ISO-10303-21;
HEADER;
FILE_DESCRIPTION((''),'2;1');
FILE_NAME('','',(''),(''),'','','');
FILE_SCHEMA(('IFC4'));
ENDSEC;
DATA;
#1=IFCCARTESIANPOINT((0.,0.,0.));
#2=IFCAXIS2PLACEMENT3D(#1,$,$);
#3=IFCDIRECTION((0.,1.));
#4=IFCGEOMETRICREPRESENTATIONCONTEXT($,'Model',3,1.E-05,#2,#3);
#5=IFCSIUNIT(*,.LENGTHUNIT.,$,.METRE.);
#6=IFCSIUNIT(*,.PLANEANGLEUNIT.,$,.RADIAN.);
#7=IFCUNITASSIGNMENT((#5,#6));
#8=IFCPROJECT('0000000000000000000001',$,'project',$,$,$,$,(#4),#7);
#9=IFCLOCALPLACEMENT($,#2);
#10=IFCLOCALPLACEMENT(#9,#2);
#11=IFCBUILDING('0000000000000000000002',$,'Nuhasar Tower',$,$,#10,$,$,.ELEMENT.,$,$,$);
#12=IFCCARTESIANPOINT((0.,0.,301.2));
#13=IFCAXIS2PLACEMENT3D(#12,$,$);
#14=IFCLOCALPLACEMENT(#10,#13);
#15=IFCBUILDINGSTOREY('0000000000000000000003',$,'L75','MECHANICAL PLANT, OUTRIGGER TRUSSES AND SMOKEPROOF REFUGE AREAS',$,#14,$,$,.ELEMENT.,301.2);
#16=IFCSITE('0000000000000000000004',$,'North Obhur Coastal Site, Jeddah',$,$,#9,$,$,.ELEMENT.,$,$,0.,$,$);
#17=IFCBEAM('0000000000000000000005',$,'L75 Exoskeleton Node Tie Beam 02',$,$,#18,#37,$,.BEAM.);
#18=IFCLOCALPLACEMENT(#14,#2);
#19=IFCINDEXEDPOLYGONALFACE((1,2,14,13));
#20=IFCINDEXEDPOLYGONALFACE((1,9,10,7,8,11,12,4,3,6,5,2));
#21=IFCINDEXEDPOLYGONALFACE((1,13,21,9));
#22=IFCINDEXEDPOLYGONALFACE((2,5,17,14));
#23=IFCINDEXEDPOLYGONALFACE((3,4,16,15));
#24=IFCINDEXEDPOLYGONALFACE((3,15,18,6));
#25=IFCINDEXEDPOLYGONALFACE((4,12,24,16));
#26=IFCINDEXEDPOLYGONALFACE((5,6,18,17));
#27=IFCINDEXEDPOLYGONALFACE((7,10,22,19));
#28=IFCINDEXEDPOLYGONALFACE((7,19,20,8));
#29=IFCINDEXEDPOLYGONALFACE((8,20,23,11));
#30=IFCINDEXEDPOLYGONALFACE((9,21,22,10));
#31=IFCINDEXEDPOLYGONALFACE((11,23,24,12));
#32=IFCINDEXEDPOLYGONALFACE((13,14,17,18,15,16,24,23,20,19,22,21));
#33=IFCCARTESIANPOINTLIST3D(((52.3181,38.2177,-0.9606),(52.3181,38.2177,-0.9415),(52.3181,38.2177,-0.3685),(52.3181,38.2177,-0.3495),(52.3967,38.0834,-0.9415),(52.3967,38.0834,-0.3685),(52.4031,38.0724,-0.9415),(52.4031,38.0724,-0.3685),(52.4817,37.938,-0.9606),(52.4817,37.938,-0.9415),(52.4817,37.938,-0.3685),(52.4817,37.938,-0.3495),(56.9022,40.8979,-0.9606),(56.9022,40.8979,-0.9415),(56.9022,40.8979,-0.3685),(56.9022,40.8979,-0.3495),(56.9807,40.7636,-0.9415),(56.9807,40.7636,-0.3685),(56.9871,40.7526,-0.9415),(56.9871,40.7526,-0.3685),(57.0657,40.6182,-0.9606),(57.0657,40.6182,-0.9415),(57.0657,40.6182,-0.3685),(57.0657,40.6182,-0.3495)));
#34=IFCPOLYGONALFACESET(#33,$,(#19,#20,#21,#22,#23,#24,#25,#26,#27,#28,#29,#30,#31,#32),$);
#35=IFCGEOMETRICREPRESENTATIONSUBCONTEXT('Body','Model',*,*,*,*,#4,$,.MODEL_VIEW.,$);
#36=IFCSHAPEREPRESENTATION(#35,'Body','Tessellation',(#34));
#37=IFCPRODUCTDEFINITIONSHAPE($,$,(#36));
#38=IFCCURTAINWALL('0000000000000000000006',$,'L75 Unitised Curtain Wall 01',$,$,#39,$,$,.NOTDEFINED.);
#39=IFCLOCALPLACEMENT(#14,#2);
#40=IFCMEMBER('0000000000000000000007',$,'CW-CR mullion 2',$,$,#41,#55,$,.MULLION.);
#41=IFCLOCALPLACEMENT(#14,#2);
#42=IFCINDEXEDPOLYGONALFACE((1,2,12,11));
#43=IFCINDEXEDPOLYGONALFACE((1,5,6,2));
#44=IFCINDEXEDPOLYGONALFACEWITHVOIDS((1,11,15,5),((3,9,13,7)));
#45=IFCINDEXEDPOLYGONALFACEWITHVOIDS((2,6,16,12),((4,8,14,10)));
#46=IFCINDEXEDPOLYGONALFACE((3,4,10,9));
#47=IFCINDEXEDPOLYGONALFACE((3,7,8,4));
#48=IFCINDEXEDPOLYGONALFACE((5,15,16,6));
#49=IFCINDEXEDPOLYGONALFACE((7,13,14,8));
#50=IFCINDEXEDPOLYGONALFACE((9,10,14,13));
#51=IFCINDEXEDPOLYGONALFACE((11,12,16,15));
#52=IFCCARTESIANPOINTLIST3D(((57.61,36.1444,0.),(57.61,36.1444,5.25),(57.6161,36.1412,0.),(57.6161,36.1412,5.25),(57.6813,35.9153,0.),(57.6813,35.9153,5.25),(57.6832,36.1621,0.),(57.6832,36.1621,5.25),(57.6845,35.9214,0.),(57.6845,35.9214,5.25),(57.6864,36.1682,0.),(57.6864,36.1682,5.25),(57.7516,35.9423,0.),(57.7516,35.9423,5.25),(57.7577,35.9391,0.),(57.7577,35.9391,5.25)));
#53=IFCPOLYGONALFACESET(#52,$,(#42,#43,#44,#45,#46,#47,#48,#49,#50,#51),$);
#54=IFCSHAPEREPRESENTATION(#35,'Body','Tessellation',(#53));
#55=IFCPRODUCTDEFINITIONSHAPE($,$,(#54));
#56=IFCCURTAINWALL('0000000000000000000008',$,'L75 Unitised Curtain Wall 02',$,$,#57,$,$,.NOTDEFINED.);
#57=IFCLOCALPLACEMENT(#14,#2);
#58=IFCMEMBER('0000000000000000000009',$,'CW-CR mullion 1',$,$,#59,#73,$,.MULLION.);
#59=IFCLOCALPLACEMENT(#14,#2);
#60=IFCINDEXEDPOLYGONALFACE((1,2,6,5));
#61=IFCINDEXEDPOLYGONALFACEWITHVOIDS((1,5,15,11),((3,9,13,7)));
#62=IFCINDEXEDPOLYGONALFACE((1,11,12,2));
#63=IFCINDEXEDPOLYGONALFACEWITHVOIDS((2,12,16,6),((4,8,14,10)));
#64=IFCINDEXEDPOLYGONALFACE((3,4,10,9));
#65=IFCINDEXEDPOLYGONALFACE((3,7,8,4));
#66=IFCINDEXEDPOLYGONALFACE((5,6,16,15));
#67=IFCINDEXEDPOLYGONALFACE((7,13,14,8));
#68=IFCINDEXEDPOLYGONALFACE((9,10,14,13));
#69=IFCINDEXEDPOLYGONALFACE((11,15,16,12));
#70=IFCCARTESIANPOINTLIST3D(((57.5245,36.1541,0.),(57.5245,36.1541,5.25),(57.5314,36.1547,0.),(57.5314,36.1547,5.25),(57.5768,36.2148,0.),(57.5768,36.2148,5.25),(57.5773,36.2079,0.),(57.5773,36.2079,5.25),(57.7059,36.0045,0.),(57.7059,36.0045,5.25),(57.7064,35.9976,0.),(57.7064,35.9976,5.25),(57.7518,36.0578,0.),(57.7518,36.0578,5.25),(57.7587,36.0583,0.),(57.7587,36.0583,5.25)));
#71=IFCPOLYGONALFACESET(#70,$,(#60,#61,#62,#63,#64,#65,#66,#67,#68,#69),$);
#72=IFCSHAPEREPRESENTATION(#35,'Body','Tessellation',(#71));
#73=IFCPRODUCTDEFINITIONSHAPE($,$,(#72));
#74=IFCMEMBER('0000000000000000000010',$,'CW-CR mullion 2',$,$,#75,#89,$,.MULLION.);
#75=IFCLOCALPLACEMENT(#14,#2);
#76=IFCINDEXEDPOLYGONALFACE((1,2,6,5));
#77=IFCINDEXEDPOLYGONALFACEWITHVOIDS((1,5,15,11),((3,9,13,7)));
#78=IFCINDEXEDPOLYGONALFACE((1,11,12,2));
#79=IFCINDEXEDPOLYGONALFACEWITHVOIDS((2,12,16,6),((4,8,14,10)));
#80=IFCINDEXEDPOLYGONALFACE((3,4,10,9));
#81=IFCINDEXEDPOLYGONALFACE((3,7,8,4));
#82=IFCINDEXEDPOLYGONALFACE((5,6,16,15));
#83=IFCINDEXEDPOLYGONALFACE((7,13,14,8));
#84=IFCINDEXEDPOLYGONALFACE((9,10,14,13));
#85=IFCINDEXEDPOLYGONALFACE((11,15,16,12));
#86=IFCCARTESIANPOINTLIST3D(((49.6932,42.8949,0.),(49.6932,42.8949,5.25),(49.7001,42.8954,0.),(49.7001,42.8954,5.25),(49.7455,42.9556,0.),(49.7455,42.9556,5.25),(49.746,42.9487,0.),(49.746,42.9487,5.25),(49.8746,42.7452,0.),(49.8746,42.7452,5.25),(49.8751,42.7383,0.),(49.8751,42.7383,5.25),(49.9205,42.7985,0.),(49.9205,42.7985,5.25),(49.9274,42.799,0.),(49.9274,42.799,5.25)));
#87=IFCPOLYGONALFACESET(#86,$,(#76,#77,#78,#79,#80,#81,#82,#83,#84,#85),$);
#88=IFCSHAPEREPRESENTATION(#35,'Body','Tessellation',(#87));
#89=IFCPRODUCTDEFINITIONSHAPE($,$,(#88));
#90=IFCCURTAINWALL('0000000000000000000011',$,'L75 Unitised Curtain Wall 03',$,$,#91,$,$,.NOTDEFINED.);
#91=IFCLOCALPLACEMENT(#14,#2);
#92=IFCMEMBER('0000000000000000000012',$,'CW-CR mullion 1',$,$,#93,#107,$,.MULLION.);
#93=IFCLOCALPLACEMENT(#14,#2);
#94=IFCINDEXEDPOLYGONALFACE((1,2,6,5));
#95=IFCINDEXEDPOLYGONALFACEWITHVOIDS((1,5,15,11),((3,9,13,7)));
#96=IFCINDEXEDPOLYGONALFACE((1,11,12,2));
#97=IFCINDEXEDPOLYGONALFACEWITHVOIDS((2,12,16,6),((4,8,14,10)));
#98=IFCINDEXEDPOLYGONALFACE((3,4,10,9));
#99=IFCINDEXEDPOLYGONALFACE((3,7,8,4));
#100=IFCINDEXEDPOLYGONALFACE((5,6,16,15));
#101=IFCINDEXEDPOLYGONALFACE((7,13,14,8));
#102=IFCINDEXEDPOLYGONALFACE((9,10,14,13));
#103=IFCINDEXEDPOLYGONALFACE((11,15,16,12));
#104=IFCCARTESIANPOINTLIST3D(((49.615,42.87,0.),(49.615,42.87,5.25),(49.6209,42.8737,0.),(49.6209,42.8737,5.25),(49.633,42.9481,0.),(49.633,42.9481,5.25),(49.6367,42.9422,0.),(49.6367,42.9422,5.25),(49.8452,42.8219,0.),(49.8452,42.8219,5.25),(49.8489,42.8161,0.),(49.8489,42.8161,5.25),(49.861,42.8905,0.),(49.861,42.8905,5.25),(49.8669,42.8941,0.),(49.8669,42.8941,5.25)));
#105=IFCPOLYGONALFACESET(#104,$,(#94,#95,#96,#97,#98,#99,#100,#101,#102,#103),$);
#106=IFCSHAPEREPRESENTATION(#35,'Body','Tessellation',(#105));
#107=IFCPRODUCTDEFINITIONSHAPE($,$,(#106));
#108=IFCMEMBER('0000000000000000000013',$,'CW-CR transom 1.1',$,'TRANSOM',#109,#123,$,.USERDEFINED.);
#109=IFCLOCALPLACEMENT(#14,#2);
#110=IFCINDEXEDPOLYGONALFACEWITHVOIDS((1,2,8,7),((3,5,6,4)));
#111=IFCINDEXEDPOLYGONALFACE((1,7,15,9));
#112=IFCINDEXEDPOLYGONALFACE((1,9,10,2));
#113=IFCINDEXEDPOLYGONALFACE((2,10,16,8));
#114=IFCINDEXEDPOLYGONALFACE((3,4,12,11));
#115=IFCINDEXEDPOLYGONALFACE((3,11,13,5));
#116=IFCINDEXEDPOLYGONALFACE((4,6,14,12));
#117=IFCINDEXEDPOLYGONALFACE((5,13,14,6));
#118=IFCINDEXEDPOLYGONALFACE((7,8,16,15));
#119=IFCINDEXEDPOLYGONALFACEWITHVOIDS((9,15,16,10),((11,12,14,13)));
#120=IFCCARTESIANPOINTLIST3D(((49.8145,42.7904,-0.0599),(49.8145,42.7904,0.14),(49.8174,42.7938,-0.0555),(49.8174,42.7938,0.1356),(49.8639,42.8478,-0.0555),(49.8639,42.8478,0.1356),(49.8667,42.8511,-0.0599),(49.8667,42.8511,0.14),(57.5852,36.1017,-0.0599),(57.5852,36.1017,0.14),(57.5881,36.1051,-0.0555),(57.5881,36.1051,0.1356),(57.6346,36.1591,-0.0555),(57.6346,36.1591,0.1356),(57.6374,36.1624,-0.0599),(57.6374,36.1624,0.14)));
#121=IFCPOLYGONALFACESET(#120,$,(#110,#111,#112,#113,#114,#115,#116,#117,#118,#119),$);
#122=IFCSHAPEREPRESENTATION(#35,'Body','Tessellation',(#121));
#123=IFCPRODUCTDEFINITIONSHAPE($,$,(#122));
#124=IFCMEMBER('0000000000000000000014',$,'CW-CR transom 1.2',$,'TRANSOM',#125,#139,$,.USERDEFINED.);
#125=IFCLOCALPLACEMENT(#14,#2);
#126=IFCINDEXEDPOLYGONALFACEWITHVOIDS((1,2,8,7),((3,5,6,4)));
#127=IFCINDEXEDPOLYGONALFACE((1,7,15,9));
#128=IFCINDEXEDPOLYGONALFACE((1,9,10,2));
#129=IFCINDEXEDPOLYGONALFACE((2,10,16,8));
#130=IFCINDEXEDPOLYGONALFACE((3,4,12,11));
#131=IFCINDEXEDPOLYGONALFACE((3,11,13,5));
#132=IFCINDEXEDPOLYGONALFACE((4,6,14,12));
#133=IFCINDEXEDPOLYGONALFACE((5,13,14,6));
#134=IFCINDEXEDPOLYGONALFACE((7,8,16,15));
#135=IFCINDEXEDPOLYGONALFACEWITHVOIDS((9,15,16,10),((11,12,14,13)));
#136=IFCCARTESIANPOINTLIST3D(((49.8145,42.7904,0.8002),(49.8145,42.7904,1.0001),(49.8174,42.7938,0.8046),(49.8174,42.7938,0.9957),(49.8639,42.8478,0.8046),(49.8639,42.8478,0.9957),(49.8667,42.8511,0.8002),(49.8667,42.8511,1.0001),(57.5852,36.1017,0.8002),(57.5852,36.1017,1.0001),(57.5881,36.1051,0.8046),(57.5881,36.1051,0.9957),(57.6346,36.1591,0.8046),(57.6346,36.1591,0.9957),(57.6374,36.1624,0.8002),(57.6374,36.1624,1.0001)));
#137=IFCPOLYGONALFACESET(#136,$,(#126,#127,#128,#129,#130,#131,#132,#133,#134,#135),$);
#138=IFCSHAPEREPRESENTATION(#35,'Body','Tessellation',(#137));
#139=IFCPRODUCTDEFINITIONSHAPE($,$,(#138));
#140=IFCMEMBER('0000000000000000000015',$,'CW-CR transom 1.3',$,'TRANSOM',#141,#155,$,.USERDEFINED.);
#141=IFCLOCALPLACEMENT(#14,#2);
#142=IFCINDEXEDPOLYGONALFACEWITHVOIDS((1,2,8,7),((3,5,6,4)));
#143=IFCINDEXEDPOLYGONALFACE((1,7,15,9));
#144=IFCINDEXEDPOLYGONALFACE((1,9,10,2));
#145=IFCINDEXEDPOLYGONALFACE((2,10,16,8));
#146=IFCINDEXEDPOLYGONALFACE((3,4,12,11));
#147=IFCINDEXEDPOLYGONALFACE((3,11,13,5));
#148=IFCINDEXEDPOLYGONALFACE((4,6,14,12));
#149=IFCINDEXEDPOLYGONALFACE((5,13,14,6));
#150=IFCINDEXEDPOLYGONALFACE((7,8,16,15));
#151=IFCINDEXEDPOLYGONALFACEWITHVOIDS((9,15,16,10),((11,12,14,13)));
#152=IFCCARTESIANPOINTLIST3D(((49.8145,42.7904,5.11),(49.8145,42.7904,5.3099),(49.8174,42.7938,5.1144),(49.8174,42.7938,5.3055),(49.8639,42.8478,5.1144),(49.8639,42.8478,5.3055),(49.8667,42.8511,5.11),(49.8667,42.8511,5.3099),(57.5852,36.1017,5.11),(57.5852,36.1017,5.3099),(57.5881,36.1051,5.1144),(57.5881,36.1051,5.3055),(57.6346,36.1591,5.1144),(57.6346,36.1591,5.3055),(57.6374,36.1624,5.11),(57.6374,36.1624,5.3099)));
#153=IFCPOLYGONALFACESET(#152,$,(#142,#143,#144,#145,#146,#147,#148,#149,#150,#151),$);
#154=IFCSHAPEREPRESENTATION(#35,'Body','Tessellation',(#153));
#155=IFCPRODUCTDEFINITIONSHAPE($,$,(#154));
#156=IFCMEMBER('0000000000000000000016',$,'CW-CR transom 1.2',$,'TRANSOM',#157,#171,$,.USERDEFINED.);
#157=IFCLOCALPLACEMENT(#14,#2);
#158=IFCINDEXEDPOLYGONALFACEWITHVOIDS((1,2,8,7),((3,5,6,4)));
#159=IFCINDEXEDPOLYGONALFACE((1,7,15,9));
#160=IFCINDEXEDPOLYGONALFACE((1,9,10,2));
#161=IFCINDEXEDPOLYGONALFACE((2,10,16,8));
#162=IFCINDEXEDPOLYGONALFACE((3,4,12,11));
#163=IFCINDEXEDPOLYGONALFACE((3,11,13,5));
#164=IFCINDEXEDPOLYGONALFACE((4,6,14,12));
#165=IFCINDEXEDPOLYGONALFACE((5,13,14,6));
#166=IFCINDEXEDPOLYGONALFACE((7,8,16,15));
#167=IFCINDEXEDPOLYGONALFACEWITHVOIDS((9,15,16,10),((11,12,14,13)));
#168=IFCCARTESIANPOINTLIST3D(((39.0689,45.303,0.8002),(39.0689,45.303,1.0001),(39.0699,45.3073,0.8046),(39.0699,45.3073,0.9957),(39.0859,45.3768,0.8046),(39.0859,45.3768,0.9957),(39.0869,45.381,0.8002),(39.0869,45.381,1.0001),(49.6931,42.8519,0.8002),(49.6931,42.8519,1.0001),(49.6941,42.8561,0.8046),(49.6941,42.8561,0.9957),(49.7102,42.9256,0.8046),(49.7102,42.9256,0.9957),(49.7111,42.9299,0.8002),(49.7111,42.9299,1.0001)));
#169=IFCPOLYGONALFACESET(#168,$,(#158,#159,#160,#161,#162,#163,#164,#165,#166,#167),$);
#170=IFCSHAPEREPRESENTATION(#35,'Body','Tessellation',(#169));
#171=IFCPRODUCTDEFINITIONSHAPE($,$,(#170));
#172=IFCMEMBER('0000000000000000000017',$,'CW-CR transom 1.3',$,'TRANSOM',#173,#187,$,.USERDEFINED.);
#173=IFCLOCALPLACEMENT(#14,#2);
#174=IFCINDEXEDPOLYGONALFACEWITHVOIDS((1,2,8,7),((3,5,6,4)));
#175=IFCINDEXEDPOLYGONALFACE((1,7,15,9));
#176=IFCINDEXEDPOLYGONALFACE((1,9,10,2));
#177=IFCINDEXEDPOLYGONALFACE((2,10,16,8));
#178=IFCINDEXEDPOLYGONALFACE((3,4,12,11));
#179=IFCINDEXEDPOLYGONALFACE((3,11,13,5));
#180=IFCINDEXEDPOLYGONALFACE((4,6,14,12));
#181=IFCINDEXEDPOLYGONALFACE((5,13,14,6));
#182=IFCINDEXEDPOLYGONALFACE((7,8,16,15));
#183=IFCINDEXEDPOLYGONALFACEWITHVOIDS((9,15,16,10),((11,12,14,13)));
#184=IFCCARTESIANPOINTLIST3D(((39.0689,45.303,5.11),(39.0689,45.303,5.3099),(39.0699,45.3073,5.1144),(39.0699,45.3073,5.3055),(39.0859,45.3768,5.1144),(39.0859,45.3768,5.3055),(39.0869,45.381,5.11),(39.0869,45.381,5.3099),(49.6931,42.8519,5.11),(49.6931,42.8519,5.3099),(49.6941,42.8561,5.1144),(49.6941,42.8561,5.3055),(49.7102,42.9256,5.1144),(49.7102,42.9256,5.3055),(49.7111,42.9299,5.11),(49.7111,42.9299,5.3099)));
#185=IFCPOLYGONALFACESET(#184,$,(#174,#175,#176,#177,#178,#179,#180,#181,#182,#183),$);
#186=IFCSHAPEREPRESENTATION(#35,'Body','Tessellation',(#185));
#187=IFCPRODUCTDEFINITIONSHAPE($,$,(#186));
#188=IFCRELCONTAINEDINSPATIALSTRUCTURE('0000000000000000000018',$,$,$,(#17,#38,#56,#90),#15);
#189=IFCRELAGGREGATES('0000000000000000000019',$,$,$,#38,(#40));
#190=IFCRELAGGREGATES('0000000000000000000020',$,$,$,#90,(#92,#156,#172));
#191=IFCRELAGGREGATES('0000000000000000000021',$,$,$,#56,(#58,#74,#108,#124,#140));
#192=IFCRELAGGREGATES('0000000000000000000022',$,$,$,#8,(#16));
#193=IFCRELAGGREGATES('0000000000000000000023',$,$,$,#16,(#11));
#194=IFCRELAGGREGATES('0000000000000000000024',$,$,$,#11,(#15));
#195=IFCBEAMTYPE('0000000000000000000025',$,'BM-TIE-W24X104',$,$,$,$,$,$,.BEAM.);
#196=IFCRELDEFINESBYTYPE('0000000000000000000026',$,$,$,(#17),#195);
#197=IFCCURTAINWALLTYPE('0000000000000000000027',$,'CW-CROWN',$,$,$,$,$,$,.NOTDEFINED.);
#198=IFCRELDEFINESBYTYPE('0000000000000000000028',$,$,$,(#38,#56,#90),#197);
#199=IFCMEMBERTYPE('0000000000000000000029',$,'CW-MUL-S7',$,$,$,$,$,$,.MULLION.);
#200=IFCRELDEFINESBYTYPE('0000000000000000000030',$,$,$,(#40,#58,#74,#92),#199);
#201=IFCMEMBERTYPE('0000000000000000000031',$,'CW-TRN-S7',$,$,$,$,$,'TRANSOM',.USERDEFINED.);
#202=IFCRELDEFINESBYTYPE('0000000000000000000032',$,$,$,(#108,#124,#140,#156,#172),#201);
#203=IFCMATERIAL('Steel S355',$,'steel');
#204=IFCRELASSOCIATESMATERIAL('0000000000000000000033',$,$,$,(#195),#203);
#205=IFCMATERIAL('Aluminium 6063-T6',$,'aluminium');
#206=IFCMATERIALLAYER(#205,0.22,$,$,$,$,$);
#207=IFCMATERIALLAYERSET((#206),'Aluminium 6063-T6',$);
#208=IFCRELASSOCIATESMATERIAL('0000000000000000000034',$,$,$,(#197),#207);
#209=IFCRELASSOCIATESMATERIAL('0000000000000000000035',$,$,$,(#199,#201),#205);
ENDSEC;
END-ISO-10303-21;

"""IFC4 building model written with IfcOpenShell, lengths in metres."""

from ifc_helpers import new_model, si_unit, direction, frame, origin, origin_2d, place, context, subcontext, project, spatial, hollow_rectangle, i_section, extrude, material, layer, layer_set, material_profile, profile_set, type_object, element, aggregate, save


model = new_model("IFC4")

# Units and contexts
model_context = context("Model", 3, precision=1e-05, world=origin(), true_north=direction((0.0, 1.0)))
body_context = subcontext(model_context, "Body", "Model", "MODEL_VIEW")
ifc_project = project(units=[si_unit("LENGTHUNIT", "METRE"), si_unit("PLANEANGLEUNIT", "RADIAN")], contexts=[model_context])

# Site, building, storey
site_placement = place(None, origin())
site = spatial("IfcSite", under=ifc_project, at=site_placement, Name="North Obhur Coastal Site, Jeddah", CompositionType="ELEMENT", RefElevation=0.0)
building_placement = place(site_placement, origin())
building = spatial("IfcBuilding", under=site, at=building_placement, Name="Nuhasar Tower", CompositionType="ELEMENT")
storey_placement = place(building_placement, frame((0.0, 0.0, 301.2)))
storey = spatial("IfcBuildingStorey", under=building, at=storey_placement, Name="L75", Description="MECHANICAL PLANT, OUTRIGGER TRUSSES AND SMOKEPROOF REFUGE AREAS", CompositionType="ELEMENT", Elevation=301.2)

# Beam
ifc_material_1 = material(Name="Steel S355", Category="steel")
ifc_material_profile_1 = material_profile(ifc_material_1, i_section(OverallWidth=0.324, OverallDepth=0.6111, WebThickness=0.0127, FlangeThickness=0.019, at=origin_2d()), Name="W24X104")
ifc_profile_set_1 = profile_set([ifc_material_profile_1], Name="Steel S355")
beam_type_1 = type_object("IfcBeamType", Name="BM-TIE-W24X104", PredefinedType="BEAM", material=ifc_profile_set_1)
beam_1_placement = place(storey_placement, frame((52.3999, 38.0779, -0.655), z_axis=(0.863272, 0.50474, 0.0), x_axis=(-0.50474, 0.863272, 0.0)))
element("IfcBeam", 1, at=beam_1_placement, inside=storey, type_object=beam_type_1, Name="L75 Exoskeleton Node Tie Beam 02", PredefinedType="BEAM", context=body_context, shape_type="SweptSolid", body=[
    extrude(i_section(OverallWidth=0.324, OverallDepth=0.6111, WebThickness=0.0127, FlangeThickness=0.019, at=origin_2d()), origin(), (0.0, 0.0, 1.0), 5.3101),
])

# Curtain wall, member
ifc_material_2 = material(Name="Aluminium 6063-T6", Category="aluminium")
ifc_layer_1 = layer(ifc_material_2, 0.22)
ifc_layer_set_1 = layer_set([ifc_layer_1], Name="Aluminium 6063-T6")
curtain_wall_type = type_object("IfcCurtainWallType", Name="CW-CROWN", PredefinedType="NOTDEFINED", material=ifc_layer_set_1)
curtain_wall_1_placement = place(storey_placement, origin())
curtain_wall_1 = element("IfcCurtainWall", 2, at=curtain_wall_1_placement, inside=storey, type_object=curtain_wall_type, Name="L75 Unitised Curtain Wall 01", PredefinedType="NOTDEFINED")
ifc_material_profile_2 = material_profile(ifc_material_2, hollow_rectangle(XDim=0.0801, YDim=0.24, WallThickness=0.0049, at=origin_2d()), Name="CWM-7")
ifc_profile_set_2 = profile_set([ifc_material_profile_2], Name="Aluminium 6063-T6")
member_type_1 = type_object("IfcMemberType", Name="CW-MUL-S7", PredefinedType="MULLION", material=ifc_profile_set_2)
member_1_placement = place(storey_placement, frame((57.6838, 36.0417, 0.0), z_axis=(0.0, 0.0, 1.0), x_axis=(-0.954831, -0.29715, 0.0)))
member_1 = element("IfcMember", 3, at=member_1_placement, type_object=member_type_1, Name="CW-CR mullion 2", PredefinedType="MULLION", context=body_context, shape_type="SweptSolid", body=[
    extrude(hollow_rectangle(XDim=0.0801, YDim=0.24, WallThickness=0.0049, at=origin_2d()), origin(), (0.0, 0.0, 1.0), 5.25),
])
aggregate(curtain_wall_1, [member_1])

# Curtain wall, members
curtain_wall_2_placement = place(storey_placement, origin())
curtain_wall_2 = element("IfcCurtainWall", 4, at=curtain_wall_2_placement, inside=storey, type_object=curtain_wall_type, Name="L75 Unitised Curtain Wall 02", PredefinedType="NOTDEFINED")
member_2_placement = place(storey_placement, frame((57.6416, 36.1062, 0.0), z_axis=(0.0, 0.0, 1.0), x_axis=(-0.652364, -0.757906, 0.0)))
member_2 = element("IfcMember", 5, at=member_2_placement, type_object=member_type_1, Name="CW-CR mullion 1", PredefinedType="MULLION", context=body_context, shape_type="SweptSolid", body=[
    extrude(hollow_rectangle(XDim=0.0801, YDim=0.24, WallThickness=0.0049, at=origin_2d()), origin(), (0.0, 0.0, 1.0), 5.25),
])
member_3_placement = place(storey_placement, frame((49.8103, 42.8469, 0.0), z_axis=(0.0, 0.0, 1.0), x_axis=(-0.652364, -0.757906, 0.0)))
member_3 = element("IfcMember", 6, at=member_3_placement, type_object=member_type_1, Name="CW-CR mullion 2", PredefinedType="MULLION", context=body_context, shape_type="SweptSolid", body=[
    extrude(hollow_rectangle(XDim=0.0801, YDim=0.24, WallThickness=0.0049, at=origin_2d()), origin(), (0.0, 0.0, 1.0), 5.25),
])

# Curtain wall, member
curtain_wall_3_placement = place(storey_placement, origin())
curtain_wall_3 = element("IfcCurtainWall", 7, at=curtain_wall_3_placement, inside=storey, type_object=curtain_wall_type, Name="L75 Unitised Curtain Wall 03", PredefinedType="NOTDEFINED")
member_4_placement = place(storey_placement, frame((49.741, 42.8821, 0.0), z_axis=(0.0, 0.0, 1.0), x_axis=(-0.2248, -0.974405, 0.0)))
member_4 = element("IfcMember", 8, at=member_4_placement, type_object=member_type_1, Name="CW-CR mullion 1", PredefinedType="MULLION", context=body_context, shape_type="SweptSolid", body=[
    extrude(hollow_rectangle(XDim=0.0801, YDim=0.24, WallThickness=0.0049, at=origin_2d()), origin(), (0.0, 0.0, 1.0), 5.25),
])

# Members
ifc_material_profile_3 = material_profile(ifc_material_2, hollow_rectangle(XDim=0.0801, YDim=0.2, WallThickness=0.0044, at=origin_2d()), Name="CWT-7")
ifc_profile_set_3 = profile_set([ifc_material_profile_3], Name="Aluminium 6063-T6")
member_type_2 = type_object("IfcMemberType", Name="CW-TRN-S7", ElementType="TRANSOM", PredefinedType="USERDEFINED", material=ifc_profile_set_3)
member_5_placement = place(storey_placement, frame((57.6113, 36.1321, 0.04), z_axis=(-0.757902, 0.652369, 0.0), x_axis=(-0.652369, -0.757902, 0.0)))
member_5 = element("IfcMember", 9, at=member_5_placement, type_object=member_type_2, Name="CW-CR transom 1.1", ObjectType="TRANSOM", PredefinedType="USERDEFINED", context=body_context, shape_type="SweptSolid", body=[
    extrude(hollow_rectangle(XDim=0.0801, YDim=0.2, WallThickness=0.0044, at=origin_2d()), origin(), (0.0, 0.0, 1.0), 10.2529),
])
member_6_placement = place(storey_placement, frame((57.6113, 36.1321, 0.9001), z_axis=(-0.757902, 0.652369, 0.0), x_axis=(-0.652369, -0.757902, 0.0)))
member_6 = element("IfcMember", 10, at=member_6_placement, type_object=member_type_2, Name="CW-CR transom 1.2", ObjectType="TRANSOM", PredefinedType="USERDEFINED", context=body_context, shape_type="SweptSolid", body=[
    extrude(hollow_rectangle(XDim=0.0801, YDim=0.2, WallThickness=0.0044, at=origin_2d()), origin(), (0.0, 0.0, 1.0), 10.2529),
])
member_7_placement = place(storey_placement, frame((57.6113, 36.1321, 5.21), z_axis=(-0.757902, 0.652369, 0.0), x_axis=(-0.652369, -0.757902, 0.0)))
member_7 = element("IfcMember", 11, at=member_7_placement, type_object=member_type_2, Name="CW-CR transom 1.3", ObjectType="TRANSOM", PredefinedType="USERDEFINED", context=body_context, shape_type="SweptSolid", body=[
    extrude(hollow_rectangle(XDim=0.0801, YDim=0.2, WallThickness=0.0044, at=origin_2d()), origin(), (0.0, 0.0, 1.0), 10.2529),
])
member_8_placement = place(storey_placement, frame((49.7021, 42.8909, 0.9001), z_axis=(-0.974403, 0.224809, 0.0), x_axis=(-0.224809, -0.974403, 0.0)))
member_8 = element("IfcMember", 12, at=member_8_placement, type_object=member_type_2, Name="CW-CR transom 1.2", ObjectType="TRANSOM", PredefinedType="USERDEFINED", context=body_context, shape_type="SweptSolid", body=[
    extrude(hollow_rectangle(XDim=0.0801, YDim=0.2, WallThickness=0.0044, at=origin_2d()), origin(), (0.0, 0.0, 1.0), 10.9033),
])
member_9_placement = place(storey_placement, frame((49.7021, 42.8909, 5.21), z_axis=(-0.974403, 0.224809, 0.0), x_axis=(-0.224809, -0.974403, 0.0)))
member_9 = element("IfcMember", 13, at=member_9_placement, type_object=member_type_2, Name="CW-CR transom 1.3", ObjectType="TRANSOM", PredefinedType="USERDEFINED", context=body_context, shape_type="SweptSolid", body=[
    extrude(hollow_rectangle(XDim=0.0801, YDim=0.2, WallThickness=0.0044, at=origin_2d()), origin(), (0.0, 0.0, 1.0), 10.9033),
])
aggregate(curtain_wall_3, [member_4, member_8, member_9])

aggregate(curtain_wall_2, [member_2, member_3, member_5, member_6, member_7])

save(model, "model.ifc")
